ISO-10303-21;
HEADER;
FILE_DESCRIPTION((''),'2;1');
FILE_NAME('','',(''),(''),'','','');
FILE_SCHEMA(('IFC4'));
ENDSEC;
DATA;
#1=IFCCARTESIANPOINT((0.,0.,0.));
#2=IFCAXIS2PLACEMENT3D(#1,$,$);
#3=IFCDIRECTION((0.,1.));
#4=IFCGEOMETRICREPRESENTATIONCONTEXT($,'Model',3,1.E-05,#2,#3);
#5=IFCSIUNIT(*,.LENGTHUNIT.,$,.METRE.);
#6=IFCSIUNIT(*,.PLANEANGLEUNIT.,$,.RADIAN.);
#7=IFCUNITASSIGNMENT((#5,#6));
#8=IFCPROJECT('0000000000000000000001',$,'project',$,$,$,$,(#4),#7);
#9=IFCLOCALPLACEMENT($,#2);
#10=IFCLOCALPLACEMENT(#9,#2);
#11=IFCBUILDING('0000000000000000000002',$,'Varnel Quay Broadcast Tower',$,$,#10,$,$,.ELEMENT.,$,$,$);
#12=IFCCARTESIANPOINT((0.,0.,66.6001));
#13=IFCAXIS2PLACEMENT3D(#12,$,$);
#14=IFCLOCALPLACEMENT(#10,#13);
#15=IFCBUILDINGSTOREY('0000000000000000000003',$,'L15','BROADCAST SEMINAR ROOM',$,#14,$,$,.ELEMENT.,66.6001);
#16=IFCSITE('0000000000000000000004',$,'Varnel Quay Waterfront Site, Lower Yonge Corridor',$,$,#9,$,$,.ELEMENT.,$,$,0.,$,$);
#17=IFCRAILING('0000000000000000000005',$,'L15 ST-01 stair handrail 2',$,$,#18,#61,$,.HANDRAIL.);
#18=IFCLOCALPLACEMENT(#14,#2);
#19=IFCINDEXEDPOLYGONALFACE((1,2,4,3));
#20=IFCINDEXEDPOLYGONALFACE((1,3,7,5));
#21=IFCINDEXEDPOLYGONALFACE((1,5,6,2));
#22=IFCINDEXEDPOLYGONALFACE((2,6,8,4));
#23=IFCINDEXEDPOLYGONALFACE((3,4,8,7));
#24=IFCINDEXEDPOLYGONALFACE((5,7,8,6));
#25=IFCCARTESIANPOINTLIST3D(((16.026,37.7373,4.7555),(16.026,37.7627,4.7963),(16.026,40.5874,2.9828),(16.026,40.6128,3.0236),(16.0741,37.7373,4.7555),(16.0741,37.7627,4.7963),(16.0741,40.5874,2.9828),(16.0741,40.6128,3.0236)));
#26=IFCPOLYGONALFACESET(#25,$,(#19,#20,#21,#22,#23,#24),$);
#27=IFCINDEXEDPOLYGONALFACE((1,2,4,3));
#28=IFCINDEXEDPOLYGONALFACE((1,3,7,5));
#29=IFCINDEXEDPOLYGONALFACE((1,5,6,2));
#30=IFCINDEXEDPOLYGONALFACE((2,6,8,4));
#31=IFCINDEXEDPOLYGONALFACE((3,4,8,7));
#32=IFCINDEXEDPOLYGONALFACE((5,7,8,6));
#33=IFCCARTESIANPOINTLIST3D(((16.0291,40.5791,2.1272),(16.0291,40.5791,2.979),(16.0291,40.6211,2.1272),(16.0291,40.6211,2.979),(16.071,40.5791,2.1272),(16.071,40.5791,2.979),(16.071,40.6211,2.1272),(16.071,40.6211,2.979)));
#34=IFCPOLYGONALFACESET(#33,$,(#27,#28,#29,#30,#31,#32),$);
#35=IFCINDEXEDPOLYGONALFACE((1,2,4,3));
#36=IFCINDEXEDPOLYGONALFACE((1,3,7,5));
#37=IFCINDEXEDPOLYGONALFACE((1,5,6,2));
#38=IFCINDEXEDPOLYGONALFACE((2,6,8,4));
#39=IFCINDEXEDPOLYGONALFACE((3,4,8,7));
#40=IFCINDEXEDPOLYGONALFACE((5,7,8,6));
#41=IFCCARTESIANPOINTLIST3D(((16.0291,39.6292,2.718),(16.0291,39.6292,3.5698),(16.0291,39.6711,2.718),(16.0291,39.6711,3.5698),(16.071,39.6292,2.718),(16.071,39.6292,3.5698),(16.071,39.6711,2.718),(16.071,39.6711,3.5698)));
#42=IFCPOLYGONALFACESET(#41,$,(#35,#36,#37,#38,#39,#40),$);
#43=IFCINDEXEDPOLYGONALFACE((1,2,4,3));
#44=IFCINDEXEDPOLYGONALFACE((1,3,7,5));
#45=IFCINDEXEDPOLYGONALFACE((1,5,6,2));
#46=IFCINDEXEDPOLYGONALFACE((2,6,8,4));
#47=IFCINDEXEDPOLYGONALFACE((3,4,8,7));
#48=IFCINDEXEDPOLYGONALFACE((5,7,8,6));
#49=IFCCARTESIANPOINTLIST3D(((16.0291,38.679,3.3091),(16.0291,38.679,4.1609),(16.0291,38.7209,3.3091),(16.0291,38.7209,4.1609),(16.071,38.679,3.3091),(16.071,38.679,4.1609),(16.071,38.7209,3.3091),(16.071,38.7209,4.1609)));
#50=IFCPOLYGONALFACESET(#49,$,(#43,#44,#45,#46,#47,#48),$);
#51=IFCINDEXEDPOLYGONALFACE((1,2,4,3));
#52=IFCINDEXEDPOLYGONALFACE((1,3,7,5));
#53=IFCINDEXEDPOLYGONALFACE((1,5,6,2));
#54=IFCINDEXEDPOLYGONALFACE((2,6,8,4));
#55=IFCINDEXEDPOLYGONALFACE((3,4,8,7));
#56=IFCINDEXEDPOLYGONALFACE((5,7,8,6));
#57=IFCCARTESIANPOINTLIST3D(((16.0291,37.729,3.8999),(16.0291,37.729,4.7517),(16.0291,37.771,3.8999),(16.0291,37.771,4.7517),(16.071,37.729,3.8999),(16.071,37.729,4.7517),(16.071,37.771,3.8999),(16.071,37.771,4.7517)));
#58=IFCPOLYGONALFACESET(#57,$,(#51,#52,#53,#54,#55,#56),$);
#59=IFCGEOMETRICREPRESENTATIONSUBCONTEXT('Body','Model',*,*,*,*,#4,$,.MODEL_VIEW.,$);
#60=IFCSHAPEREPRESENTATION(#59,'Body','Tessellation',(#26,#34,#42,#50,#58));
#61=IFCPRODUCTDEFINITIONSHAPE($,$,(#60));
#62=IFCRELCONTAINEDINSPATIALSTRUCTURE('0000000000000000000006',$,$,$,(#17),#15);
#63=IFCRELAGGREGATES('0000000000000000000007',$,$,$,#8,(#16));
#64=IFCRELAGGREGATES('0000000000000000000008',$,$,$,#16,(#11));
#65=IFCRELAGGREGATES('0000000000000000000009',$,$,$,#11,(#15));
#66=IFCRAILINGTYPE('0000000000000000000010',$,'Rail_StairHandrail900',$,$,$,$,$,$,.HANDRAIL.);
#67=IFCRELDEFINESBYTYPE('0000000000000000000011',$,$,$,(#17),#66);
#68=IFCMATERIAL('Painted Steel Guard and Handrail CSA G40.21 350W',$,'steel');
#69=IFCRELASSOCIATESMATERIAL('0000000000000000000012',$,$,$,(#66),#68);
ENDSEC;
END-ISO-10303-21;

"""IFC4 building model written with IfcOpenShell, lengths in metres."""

from ifc_helpers import new_model, si_unit, direction, frame, origin, origin_2d, place, context, subcontext, project, spatial, rectangle, extrude, material, type_object, element, save


model = new_model("IFC4")

# Units and contexts
model_context = context("Model", 3, precision=1e-05, world=origin(), true_north=direction((0.0, 1.0)))
body_context = subcontext(model_context, "Body", "Model", "MODEL_VIEW")
ifc_project = project(units=[si_unit("LENGTHUNIT", "METRE"), si_unit("PLANEANGLEUNIT", "RADIAN")], contexts=[model_context])

# Site, building, storey
site_placement = place(None, origin())
site = spatial("IfcSite", under=ifc_project, at=site_placement, Name="Varnel Quay Waterfront Site, Lower Yonge Corridor", CompositionType="ELEMENT", RefElevation=0.0)
building_placement = place(site_placement, origin())
building = spatial("IfcBuilding", under=site, at=building_placement, Name="Varnel Quay Broadcast Tower", CompositionType="ELEMENT")
storey_placement = place(building_placement, frame((0.0, 0.0, 66.6001)))
storey = spatial("IfcBuildingStorey", under=building, at=storey_placement, Name="L15", Description="BROADCAST SEMINAR ROOM", CompositionType="ELEMENT", Elevation=66.6001)

# Railing
ifc_material_1 = material(Name="Painted Steel Guard and Handrail CSA G40.21 350W", Category="steel")
railing_type = type_object("IfcRailingType", Name="Rail_StairHandrail900", PredefinedType="HANDRAIL", material=ifc_material_1)
railing_placement = place(storey_placement, frame((16.05, 40.6001, 2.1272)))
element("IfcRailing", 1, at=railing_placement, inside=storey, type_object=railing_type, Name="L15 ST-01 stair handrail 2", PredefinedType="HANDRAIL", context=body_context, shape_type="SweptSolid", body=[
    extrude(rectangle(XDim=0.0481, YDim=0.0481, at=origin_2d()), frame((0.0, 0.0, 0.876), z_axis=(0.0, -0.849149, 0.528154), x_axis=(1.0, 0.0, 0.0)), (0.0, 0.0, 1.0), 3.3564),
    extrude(rectangle(XDim=0.042, YDim=0.042, at=origin_2d()), origin(), (0.0, 0.0, 1.0), 0.8518),
    extrude(rectangle(XDim=0.042, YDim=0.042, at=origin_2d()), frame((0.0, -0.95, 0.5908)), (0.0, 0.0, 1.0), 0.8518),
    extrude(rectangle(XDim=0.042, YDim=0.042, at=origin_2d()), frame((0.0, -1.9001, 1.1819)), (0.0, 0.0, 1.0), 0.8518),
    extrude(rectangle(XDim=0.042, YDim=0.042, at=origin_2d()), frame((0.0, -2.8501, 1.7727)), (0.0, 0.0, 1.0), 0.8518),
])

save(model, "model.ifc")
